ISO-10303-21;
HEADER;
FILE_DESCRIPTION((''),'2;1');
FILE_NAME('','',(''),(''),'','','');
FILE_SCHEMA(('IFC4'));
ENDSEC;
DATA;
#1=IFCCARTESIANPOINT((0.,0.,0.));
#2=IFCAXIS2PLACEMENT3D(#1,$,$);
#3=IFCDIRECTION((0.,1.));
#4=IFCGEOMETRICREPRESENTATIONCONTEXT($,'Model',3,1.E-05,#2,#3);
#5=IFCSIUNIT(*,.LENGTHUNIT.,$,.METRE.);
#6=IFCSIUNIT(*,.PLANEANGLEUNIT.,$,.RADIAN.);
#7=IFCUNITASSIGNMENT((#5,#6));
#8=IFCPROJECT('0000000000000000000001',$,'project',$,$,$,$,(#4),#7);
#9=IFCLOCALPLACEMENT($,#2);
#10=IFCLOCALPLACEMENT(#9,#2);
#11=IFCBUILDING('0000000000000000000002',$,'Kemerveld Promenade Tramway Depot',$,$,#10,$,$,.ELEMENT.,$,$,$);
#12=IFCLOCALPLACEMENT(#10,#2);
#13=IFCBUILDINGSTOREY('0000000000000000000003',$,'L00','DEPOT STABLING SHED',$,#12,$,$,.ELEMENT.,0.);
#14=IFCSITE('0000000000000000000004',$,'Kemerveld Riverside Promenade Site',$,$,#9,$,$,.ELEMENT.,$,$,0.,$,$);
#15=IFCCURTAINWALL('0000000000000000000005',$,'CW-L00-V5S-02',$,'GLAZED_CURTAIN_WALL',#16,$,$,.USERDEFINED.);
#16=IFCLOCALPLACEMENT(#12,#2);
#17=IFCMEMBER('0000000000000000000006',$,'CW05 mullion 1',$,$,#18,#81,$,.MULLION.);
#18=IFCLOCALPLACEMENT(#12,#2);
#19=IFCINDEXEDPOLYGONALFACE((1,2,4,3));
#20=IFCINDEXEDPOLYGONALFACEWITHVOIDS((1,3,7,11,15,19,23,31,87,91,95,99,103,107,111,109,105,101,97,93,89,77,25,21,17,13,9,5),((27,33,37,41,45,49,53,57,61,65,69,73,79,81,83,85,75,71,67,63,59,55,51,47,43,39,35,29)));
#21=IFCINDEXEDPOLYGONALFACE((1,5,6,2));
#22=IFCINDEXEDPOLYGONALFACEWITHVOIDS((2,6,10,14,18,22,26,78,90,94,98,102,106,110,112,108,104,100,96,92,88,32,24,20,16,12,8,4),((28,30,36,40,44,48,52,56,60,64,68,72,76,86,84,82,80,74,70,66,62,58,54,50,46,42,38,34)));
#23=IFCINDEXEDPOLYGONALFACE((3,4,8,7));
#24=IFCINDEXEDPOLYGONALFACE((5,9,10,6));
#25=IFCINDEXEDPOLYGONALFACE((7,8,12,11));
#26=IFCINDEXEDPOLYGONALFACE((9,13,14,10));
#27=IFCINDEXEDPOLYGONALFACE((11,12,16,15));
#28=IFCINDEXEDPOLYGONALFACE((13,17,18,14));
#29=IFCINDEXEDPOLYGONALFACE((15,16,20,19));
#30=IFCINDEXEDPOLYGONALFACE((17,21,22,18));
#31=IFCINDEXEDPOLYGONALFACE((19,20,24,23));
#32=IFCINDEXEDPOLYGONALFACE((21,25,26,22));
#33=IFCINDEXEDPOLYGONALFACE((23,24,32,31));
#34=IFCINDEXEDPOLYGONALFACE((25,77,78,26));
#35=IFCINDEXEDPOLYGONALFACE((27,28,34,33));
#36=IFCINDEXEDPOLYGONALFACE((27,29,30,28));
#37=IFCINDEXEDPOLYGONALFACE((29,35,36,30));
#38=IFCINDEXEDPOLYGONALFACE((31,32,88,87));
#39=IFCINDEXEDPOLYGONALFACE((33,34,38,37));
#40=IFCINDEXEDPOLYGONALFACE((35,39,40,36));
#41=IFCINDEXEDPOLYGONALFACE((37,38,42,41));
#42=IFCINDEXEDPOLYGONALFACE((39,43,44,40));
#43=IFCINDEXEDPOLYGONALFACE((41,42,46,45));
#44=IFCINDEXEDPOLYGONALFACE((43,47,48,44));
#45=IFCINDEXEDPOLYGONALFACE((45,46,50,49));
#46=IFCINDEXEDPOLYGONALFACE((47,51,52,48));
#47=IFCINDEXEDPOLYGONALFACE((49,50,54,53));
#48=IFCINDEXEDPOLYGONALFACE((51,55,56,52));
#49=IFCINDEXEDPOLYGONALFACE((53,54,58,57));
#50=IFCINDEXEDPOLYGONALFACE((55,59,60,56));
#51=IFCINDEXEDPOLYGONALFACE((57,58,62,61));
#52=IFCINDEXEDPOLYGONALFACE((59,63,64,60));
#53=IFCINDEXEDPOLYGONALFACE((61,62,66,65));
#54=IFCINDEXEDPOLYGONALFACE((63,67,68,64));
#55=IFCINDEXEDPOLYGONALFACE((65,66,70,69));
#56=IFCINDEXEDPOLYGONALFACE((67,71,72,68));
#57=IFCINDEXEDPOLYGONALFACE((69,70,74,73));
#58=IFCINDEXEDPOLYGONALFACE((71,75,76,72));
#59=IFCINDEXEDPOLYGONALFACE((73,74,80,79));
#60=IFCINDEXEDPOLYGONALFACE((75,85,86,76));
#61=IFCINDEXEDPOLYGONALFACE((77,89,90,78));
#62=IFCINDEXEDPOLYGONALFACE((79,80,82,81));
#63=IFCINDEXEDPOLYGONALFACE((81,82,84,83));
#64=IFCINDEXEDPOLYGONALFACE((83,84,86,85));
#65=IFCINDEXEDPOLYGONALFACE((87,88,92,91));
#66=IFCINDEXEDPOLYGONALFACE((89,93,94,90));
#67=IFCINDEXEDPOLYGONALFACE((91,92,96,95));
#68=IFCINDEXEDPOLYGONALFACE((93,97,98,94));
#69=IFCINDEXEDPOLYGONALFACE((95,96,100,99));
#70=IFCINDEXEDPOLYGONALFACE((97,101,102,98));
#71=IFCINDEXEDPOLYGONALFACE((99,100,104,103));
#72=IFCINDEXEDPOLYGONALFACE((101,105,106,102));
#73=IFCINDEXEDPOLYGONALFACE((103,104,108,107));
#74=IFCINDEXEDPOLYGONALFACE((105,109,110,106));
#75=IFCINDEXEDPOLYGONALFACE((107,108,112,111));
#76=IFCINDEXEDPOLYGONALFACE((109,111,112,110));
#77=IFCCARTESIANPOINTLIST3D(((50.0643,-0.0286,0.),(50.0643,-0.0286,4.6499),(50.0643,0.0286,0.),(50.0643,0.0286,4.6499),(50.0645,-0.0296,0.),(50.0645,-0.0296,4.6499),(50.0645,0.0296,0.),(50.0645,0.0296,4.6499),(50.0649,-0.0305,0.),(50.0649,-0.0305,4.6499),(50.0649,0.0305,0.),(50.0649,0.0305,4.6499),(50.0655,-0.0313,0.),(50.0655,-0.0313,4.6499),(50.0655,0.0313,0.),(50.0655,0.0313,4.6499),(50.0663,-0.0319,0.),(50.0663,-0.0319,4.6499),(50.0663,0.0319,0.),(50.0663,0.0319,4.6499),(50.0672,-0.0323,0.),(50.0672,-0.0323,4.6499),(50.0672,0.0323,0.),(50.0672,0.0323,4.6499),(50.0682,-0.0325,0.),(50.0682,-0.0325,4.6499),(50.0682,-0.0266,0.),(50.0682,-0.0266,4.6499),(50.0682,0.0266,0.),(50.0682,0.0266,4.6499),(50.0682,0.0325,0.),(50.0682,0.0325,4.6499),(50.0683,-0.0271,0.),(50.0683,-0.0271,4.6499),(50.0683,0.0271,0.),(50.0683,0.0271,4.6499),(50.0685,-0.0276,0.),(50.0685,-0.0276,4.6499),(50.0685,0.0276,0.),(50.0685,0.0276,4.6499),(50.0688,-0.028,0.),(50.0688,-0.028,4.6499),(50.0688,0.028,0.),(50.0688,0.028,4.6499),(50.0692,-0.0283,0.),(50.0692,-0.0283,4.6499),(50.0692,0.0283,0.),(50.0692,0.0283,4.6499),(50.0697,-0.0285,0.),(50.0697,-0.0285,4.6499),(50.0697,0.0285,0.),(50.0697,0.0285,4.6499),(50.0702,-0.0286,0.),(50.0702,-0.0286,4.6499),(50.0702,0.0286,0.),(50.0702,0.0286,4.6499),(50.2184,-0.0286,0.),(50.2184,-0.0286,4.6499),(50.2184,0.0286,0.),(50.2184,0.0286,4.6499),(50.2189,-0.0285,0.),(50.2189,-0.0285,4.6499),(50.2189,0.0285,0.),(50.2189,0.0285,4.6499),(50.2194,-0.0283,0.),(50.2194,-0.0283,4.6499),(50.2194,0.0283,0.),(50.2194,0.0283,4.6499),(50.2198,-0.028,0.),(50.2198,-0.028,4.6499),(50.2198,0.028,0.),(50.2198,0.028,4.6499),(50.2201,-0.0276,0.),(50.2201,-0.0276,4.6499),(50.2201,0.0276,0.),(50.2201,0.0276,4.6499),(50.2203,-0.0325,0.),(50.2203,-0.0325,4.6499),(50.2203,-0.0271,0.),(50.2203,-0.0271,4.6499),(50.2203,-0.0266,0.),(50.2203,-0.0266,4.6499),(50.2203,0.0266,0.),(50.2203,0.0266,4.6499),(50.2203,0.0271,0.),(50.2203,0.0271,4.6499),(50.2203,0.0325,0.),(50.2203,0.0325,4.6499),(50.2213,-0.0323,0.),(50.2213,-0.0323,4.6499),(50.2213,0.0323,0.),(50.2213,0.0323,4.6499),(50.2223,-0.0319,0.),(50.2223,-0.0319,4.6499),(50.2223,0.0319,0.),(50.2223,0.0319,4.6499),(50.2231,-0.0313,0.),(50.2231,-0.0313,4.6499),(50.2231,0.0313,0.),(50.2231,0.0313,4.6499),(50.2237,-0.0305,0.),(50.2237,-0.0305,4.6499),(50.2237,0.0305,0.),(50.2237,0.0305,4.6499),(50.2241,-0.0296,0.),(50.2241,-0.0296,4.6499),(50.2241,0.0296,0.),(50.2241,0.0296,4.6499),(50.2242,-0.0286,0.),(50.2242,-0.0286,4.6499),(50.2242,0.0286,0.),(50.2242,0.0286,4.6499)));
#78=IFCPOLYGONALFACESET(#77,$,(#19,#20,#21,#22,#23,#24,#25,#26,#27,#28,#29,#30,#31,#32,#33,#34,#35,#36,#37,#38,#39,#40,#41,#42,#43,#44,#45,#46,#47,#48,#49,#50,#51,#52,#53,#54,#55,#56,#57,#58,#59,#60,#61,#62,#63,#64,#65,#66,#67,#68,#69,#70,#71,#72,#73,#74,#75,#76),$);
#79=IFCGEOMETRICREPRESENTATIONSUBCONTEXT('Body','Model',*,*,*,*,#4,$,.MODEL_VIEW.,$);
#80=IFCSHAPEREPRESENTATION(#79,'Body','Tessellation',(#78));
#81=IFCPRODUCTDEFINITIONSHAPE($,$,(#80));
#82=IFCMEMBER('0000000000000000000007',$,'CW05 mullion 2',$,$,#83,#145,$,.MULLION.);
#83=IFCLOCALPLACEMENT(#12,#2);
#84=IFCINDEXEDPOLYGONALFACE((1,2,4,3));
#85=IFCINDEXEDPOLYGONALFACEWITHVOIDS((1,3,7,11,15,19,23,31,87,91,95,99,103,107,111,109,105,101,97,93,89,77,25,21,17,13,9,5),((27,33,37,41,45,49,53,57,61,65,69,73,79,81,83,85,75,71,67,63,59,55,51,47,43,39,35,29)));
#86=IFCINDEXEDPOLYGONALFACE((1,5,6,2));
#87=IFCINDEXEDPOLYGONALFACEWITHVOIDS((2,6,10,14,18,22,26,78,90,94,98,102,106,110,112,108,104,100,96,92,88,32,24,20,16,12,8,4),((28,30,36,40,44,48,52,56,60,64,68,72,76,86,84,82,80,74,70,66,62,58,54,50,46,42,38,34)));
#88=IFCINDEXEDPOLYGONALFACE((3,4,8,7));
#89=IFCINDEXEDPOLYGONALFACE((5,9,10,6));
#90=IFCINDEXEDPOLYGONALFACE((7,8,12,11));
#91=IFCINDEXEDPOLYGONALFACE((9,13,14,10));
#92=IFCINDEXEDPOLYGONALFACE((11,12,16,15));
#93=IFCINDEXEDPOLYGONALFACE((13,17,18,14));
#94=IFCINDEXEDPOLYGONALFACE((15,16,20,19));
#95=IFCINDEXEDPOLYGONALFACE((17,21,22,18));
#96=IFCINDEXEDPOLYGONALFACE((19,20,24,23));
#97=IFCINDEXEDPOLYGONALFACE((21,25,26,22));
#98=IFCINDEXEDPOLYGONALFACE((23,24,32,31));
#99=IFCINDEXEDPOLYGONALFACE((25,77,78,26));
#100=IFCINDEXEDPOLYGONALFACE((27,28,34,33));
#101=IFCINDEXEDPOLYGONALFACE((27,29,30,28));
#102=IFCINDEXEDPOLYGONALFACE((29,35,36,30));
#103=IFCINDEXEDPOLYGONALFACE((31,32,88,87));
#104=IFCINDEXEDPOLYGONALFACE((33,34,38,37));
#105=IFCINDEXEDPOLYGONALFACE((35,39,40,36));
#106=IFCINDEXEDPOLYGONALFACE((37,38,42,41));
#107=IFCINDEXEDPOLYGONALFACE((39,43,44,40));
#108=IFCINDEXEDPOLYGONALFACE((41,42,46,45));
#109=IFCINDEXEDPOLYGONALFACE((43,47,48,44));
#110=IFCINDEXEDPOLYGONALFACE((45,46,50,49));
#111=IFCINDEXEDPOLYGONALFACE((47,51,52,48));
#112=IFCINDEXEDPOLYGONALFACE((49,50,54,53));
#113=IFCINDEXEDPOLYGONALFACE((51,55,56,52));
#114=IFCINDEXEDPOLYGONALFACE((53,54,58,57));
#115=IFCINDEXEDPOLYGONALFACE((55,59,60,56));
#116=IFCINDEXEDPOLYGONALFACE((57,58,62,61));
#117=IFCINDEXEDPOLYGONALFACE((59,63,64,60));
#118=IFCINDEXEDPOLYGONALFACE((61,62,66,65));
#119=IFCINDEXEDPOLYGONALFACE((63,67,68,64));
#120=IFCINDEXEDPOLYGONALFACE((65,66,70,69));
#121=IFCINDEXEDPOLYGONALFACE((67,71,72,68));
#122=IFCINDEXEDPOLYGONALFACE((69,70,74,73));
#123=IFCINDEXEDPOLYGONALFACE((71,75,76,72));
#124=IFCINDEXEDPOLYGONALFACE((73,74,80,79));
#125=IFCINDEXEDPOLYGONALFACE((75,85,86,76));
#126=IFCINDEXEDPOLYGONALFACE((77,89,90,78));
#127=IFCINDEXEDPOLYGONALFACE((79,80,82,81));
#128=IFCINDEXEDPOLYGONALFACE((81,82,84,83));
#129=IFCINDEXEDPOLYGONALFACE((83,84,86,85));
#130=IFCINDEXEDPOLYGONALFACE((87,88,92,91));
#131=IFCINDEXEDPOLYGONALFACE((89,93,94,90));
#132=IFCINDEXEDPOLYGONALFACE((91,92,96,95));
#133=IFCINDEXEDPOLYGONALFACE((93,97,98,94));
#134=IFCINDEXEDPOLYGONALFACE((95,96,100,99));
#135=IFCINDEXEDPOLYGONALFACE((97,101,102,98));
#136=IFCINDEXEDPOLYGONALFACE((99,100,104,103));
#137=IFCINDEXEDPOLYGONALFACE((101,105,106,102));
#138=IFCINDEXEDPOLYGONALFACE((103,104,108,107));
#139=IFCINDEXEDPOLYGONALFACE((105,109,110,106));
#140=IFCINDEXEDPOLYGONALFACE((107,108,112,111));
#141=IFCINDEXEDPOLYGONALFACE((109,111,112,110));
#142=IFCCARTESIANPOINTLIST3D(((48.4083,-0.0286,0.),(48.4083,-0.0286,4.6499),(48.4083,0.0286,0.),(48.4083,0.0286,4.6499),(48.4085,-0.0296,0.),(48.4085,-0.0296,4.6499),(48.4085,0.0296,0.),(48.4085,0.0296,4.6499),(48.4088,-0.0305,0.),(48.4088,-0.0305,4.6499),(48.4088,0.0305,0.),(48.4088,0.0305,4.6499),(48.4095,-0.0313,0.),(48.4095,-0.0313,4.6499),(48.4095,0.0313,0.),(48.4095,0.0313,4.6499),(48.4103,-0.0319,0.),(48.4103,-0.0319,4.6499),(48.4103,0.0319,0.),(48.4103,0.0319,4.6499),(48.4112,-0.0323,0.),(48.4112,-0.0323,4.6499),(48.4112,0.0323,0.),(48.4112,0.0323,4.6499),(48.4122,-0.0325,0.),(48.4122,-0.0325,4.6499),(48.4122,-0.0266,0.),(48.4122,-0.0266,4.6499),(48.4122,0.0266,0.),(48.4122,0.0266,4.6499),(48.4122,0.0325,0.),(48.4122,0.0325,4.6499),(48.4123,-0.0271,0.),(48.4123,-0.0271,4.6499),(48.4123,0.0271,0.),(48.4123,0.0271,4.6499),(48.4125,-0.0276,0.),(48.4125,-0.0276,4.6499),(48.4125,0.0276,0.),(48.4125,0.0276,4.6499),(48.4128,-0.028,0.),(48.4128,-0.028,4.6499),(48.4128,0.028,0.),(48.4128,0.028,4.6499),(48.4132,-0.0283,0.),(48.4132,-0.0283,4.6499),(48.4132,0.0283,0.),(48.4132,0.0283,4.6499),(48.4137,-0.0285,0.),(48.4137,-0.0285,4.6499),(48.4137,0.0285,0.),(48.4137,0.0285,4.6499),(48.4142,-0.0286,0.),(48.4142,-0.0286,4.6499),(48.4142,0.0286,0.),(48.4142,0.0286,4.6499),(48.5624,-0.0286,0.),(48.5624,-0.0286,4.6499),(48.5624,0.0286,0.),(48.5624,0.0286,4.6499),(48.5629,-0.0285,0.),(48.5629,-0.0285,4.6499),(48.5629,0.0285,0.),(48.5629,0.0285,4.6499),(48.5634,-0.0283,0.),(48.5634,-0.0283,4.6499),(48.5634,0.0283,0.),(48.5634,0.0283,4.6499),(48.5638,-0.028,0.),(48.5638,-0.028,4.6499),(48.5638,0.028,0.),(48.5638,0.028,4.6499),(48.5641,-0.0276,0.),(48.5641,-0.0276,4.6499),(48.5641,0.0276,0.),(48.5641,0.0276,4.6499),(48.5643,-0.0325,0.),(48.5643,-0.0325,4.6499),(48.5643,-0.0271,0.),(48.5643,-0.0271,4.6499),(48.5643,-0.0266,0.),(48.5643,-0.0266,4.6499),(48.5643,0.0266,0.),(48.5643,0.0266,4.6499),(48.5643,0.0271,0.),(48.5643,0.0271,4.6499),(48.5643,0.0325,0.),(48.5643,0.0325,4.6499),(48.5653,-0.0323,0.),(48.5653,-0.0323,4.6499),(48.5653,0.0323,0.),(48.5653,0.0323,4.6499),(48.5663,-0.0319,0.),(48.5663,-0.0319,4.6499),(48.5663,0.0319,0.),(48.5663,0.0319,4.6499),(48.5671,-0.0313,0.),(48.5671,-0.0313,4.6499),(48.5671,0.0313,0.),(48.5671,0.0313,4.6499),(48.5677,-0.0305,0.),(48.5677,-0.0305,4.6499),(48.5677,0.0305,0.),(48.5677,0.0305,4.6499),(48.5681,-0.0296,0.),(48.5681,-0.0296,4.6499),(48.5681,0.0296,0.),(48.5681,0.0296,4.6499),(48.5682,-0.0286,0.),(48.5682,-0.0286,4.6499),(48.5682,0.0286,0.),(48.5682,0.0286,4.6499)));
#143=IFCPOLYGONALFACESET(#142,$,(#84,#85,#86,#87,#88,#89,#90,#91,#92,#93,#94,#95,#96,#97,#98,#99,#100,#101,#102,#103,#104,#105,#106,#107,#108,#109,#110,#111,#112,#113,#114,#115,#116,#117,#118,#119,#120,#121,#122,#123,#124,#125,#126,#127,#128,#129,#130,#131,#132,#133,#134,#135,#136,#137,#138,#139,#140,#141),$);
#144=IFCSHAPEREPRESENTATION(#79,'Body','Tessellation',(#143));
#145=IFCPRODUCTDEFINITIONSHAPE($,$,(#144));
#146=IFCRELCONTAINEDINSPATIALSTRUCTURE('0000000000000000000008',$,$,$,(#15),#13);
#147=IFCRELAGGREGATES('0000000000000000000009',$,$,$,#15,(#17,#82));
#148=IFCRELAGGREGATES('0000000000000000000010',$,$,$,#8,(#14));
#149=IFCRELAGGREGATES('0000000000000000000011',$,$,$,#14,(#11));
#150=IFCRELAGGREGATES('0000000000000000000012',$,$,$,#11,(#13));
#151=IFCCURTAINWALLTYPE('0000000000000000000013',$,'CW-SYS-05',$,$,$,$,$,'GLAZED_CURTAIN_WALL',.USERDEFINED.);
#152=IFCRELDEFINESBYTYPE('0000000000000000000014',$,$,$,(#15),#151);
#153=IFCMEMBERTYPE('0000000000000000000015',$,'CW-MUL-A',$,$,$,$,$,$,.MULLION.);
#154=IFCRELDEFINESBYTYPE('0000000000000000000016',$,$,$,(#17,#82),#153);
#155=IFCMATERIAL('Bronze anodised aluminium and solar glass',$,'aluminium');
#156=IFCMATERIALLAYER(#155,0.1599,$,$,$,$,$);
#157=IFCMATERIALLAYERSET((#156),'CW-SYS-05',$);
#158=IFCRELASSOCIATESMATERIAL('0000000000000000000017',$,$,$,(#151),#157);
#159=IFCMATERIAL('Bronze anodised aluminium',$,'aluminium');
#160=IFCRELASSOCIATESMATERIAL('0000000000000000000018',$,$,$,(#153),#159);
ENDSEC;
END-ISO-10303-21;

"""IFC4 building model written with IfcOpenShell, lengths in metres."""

from ifc_helpers import new_model, si_unit, direction, frame, origin, origin_2d, place, context, subcontext, project, spatial, hollow_rectangle, extrude, material, layer, layer_set, material_profile, profile_set, type_object, element, aggregate, save


model = new_model("IFC4")

# Units and contexts
model_context = context("Model", 3, precision=1e-05, world=origin(), true_north=direction((0.0, 1.0)))
body_context = subcontext(model_context, "Body", "Model", "MODEL_VIEW")
ifc_project = project(units=[si_unit("LENGTHUNIT", "METRE"), si_unit("PLANEANGLEUNIT", "RADIAN")], contexts=[model_context])

# Site, building, storey
site_placement = place(None, origin())
site = spatial("IfcSite", under=ifc_project, at=site_placement, Name="Kemerveld Riverside Promenade Site", CompositionType="ELEMENT", RefElevation=0.0)
building_placement = place(site_placement, origin())
building = spatial("IfcBuilding", under=site, at=building_placement, Name="Kemerveld Promenade Tramway Depot", CompositionType="ELEMENT")
storey_placement = place(building_placement, origin())
storey = spatial("IfcBuildingStorey", under=building, at=storey_placement, Name="L00", Description="DEPOT STABLING SHED", CompositionType="ELEMENT", Elevation=0.0)

# Curtain wall, members
ifc_material_1 = material(Name="Bronze anodised aluminium and solar glass", Category="aluminium")
ifc_layer_1 = layer(ifc_material_1, 0.1599)
ifc_layer_set_1 = layer_set([ifc_layer_1], Name="CW-SYS-05")
curtain_wall_type = type_object("IfcCurtainWallType", Name="CW-SYS-05", ElementType="GLAZED_CURTAIN_WALL", PredefinedType="USERDEFINED", material=ifc_layer_set_1)
curtain_wall_placement = place(storey_placement, origin())
curtain_wall = element("IfcCurtainWall", 1, at=curtain_wall_placement, inside=storey, type_object=curtain_wall_type, Name="CW-L00-V5S-02", ObjectType="GLAZED_CURTAIN_WALL", PredefinedType="USERDEFINED")
ifc_material_2 = material(Name="Bronze anodised aluminium", Category="aluminium")
ifc_material_profile_1 = material_profile(ifc_material_2, hollow_rectangle(XDim=0.0649, YDim=0.1599, WallThickness=0.0039, InnerFilletRadius=0.002, OuterFilletRadius=0.0039, at=origin_2d()), Name="CW-MUL-160x65")
ifc_profile_set_1 = profile_set([ifc_material_profile_1], Name="Bronze anodised aluminium")
member_type_1 = type_object("IfcMemberType", Name="CW-MUL-A", PredefinedType="MULLION", material=ifc_profile_set_1)
member_1_placement = place(storey_placement, frame((50.1443, 0.0, 0.0), z_axis=(0.0, 0.0, 1.0), x_axis=(0.0, -1.0, 0.0)))
member_1 = element("IfcMember", 2, at=member_1_placement, type_object=member_type_1, Name="CW05 mullion 1", PredefinedType="MULLION", context=body_context, shape_type="SweptSolid", body=[
    extrude(hollow_rectangle(XDim=0.0649, YDim=0.1599, WallThickness=0.0039, InnerFilletRadius=0.002, OuterFilletRadius=0.0039, at=origin_2d()), origin(), (0.0, 0.0, 1.0), 4.6499),
])
member_2_placement = place(storey_placement, frame((48.4883, 0.0, 0.0), z_axis=(0.0, 0.0, 1.0), x_axis=(0.0, -1.0, 0.0)))
member_2 = element("IfcMember", 3, at=member_2_placement, type_object=member_type_1, Name="CW05 mullion 2", PredefinedType="MULLION", context=body_context, shape_type="SweptSolid", body=[
    extrude(hollow_rectangle(XDim=0.0649, YDim=0.1599, WallThickness=0.0039, InnerFilletRadius=0.002, OuterFilletRadius=0.0039, at=origin_2d()), origin(), (0.0, 0.0, 1.0), 4.6499),
])
aggregate(curtain_wall, [member_1, member_2])

save(model, "model.ifc")
